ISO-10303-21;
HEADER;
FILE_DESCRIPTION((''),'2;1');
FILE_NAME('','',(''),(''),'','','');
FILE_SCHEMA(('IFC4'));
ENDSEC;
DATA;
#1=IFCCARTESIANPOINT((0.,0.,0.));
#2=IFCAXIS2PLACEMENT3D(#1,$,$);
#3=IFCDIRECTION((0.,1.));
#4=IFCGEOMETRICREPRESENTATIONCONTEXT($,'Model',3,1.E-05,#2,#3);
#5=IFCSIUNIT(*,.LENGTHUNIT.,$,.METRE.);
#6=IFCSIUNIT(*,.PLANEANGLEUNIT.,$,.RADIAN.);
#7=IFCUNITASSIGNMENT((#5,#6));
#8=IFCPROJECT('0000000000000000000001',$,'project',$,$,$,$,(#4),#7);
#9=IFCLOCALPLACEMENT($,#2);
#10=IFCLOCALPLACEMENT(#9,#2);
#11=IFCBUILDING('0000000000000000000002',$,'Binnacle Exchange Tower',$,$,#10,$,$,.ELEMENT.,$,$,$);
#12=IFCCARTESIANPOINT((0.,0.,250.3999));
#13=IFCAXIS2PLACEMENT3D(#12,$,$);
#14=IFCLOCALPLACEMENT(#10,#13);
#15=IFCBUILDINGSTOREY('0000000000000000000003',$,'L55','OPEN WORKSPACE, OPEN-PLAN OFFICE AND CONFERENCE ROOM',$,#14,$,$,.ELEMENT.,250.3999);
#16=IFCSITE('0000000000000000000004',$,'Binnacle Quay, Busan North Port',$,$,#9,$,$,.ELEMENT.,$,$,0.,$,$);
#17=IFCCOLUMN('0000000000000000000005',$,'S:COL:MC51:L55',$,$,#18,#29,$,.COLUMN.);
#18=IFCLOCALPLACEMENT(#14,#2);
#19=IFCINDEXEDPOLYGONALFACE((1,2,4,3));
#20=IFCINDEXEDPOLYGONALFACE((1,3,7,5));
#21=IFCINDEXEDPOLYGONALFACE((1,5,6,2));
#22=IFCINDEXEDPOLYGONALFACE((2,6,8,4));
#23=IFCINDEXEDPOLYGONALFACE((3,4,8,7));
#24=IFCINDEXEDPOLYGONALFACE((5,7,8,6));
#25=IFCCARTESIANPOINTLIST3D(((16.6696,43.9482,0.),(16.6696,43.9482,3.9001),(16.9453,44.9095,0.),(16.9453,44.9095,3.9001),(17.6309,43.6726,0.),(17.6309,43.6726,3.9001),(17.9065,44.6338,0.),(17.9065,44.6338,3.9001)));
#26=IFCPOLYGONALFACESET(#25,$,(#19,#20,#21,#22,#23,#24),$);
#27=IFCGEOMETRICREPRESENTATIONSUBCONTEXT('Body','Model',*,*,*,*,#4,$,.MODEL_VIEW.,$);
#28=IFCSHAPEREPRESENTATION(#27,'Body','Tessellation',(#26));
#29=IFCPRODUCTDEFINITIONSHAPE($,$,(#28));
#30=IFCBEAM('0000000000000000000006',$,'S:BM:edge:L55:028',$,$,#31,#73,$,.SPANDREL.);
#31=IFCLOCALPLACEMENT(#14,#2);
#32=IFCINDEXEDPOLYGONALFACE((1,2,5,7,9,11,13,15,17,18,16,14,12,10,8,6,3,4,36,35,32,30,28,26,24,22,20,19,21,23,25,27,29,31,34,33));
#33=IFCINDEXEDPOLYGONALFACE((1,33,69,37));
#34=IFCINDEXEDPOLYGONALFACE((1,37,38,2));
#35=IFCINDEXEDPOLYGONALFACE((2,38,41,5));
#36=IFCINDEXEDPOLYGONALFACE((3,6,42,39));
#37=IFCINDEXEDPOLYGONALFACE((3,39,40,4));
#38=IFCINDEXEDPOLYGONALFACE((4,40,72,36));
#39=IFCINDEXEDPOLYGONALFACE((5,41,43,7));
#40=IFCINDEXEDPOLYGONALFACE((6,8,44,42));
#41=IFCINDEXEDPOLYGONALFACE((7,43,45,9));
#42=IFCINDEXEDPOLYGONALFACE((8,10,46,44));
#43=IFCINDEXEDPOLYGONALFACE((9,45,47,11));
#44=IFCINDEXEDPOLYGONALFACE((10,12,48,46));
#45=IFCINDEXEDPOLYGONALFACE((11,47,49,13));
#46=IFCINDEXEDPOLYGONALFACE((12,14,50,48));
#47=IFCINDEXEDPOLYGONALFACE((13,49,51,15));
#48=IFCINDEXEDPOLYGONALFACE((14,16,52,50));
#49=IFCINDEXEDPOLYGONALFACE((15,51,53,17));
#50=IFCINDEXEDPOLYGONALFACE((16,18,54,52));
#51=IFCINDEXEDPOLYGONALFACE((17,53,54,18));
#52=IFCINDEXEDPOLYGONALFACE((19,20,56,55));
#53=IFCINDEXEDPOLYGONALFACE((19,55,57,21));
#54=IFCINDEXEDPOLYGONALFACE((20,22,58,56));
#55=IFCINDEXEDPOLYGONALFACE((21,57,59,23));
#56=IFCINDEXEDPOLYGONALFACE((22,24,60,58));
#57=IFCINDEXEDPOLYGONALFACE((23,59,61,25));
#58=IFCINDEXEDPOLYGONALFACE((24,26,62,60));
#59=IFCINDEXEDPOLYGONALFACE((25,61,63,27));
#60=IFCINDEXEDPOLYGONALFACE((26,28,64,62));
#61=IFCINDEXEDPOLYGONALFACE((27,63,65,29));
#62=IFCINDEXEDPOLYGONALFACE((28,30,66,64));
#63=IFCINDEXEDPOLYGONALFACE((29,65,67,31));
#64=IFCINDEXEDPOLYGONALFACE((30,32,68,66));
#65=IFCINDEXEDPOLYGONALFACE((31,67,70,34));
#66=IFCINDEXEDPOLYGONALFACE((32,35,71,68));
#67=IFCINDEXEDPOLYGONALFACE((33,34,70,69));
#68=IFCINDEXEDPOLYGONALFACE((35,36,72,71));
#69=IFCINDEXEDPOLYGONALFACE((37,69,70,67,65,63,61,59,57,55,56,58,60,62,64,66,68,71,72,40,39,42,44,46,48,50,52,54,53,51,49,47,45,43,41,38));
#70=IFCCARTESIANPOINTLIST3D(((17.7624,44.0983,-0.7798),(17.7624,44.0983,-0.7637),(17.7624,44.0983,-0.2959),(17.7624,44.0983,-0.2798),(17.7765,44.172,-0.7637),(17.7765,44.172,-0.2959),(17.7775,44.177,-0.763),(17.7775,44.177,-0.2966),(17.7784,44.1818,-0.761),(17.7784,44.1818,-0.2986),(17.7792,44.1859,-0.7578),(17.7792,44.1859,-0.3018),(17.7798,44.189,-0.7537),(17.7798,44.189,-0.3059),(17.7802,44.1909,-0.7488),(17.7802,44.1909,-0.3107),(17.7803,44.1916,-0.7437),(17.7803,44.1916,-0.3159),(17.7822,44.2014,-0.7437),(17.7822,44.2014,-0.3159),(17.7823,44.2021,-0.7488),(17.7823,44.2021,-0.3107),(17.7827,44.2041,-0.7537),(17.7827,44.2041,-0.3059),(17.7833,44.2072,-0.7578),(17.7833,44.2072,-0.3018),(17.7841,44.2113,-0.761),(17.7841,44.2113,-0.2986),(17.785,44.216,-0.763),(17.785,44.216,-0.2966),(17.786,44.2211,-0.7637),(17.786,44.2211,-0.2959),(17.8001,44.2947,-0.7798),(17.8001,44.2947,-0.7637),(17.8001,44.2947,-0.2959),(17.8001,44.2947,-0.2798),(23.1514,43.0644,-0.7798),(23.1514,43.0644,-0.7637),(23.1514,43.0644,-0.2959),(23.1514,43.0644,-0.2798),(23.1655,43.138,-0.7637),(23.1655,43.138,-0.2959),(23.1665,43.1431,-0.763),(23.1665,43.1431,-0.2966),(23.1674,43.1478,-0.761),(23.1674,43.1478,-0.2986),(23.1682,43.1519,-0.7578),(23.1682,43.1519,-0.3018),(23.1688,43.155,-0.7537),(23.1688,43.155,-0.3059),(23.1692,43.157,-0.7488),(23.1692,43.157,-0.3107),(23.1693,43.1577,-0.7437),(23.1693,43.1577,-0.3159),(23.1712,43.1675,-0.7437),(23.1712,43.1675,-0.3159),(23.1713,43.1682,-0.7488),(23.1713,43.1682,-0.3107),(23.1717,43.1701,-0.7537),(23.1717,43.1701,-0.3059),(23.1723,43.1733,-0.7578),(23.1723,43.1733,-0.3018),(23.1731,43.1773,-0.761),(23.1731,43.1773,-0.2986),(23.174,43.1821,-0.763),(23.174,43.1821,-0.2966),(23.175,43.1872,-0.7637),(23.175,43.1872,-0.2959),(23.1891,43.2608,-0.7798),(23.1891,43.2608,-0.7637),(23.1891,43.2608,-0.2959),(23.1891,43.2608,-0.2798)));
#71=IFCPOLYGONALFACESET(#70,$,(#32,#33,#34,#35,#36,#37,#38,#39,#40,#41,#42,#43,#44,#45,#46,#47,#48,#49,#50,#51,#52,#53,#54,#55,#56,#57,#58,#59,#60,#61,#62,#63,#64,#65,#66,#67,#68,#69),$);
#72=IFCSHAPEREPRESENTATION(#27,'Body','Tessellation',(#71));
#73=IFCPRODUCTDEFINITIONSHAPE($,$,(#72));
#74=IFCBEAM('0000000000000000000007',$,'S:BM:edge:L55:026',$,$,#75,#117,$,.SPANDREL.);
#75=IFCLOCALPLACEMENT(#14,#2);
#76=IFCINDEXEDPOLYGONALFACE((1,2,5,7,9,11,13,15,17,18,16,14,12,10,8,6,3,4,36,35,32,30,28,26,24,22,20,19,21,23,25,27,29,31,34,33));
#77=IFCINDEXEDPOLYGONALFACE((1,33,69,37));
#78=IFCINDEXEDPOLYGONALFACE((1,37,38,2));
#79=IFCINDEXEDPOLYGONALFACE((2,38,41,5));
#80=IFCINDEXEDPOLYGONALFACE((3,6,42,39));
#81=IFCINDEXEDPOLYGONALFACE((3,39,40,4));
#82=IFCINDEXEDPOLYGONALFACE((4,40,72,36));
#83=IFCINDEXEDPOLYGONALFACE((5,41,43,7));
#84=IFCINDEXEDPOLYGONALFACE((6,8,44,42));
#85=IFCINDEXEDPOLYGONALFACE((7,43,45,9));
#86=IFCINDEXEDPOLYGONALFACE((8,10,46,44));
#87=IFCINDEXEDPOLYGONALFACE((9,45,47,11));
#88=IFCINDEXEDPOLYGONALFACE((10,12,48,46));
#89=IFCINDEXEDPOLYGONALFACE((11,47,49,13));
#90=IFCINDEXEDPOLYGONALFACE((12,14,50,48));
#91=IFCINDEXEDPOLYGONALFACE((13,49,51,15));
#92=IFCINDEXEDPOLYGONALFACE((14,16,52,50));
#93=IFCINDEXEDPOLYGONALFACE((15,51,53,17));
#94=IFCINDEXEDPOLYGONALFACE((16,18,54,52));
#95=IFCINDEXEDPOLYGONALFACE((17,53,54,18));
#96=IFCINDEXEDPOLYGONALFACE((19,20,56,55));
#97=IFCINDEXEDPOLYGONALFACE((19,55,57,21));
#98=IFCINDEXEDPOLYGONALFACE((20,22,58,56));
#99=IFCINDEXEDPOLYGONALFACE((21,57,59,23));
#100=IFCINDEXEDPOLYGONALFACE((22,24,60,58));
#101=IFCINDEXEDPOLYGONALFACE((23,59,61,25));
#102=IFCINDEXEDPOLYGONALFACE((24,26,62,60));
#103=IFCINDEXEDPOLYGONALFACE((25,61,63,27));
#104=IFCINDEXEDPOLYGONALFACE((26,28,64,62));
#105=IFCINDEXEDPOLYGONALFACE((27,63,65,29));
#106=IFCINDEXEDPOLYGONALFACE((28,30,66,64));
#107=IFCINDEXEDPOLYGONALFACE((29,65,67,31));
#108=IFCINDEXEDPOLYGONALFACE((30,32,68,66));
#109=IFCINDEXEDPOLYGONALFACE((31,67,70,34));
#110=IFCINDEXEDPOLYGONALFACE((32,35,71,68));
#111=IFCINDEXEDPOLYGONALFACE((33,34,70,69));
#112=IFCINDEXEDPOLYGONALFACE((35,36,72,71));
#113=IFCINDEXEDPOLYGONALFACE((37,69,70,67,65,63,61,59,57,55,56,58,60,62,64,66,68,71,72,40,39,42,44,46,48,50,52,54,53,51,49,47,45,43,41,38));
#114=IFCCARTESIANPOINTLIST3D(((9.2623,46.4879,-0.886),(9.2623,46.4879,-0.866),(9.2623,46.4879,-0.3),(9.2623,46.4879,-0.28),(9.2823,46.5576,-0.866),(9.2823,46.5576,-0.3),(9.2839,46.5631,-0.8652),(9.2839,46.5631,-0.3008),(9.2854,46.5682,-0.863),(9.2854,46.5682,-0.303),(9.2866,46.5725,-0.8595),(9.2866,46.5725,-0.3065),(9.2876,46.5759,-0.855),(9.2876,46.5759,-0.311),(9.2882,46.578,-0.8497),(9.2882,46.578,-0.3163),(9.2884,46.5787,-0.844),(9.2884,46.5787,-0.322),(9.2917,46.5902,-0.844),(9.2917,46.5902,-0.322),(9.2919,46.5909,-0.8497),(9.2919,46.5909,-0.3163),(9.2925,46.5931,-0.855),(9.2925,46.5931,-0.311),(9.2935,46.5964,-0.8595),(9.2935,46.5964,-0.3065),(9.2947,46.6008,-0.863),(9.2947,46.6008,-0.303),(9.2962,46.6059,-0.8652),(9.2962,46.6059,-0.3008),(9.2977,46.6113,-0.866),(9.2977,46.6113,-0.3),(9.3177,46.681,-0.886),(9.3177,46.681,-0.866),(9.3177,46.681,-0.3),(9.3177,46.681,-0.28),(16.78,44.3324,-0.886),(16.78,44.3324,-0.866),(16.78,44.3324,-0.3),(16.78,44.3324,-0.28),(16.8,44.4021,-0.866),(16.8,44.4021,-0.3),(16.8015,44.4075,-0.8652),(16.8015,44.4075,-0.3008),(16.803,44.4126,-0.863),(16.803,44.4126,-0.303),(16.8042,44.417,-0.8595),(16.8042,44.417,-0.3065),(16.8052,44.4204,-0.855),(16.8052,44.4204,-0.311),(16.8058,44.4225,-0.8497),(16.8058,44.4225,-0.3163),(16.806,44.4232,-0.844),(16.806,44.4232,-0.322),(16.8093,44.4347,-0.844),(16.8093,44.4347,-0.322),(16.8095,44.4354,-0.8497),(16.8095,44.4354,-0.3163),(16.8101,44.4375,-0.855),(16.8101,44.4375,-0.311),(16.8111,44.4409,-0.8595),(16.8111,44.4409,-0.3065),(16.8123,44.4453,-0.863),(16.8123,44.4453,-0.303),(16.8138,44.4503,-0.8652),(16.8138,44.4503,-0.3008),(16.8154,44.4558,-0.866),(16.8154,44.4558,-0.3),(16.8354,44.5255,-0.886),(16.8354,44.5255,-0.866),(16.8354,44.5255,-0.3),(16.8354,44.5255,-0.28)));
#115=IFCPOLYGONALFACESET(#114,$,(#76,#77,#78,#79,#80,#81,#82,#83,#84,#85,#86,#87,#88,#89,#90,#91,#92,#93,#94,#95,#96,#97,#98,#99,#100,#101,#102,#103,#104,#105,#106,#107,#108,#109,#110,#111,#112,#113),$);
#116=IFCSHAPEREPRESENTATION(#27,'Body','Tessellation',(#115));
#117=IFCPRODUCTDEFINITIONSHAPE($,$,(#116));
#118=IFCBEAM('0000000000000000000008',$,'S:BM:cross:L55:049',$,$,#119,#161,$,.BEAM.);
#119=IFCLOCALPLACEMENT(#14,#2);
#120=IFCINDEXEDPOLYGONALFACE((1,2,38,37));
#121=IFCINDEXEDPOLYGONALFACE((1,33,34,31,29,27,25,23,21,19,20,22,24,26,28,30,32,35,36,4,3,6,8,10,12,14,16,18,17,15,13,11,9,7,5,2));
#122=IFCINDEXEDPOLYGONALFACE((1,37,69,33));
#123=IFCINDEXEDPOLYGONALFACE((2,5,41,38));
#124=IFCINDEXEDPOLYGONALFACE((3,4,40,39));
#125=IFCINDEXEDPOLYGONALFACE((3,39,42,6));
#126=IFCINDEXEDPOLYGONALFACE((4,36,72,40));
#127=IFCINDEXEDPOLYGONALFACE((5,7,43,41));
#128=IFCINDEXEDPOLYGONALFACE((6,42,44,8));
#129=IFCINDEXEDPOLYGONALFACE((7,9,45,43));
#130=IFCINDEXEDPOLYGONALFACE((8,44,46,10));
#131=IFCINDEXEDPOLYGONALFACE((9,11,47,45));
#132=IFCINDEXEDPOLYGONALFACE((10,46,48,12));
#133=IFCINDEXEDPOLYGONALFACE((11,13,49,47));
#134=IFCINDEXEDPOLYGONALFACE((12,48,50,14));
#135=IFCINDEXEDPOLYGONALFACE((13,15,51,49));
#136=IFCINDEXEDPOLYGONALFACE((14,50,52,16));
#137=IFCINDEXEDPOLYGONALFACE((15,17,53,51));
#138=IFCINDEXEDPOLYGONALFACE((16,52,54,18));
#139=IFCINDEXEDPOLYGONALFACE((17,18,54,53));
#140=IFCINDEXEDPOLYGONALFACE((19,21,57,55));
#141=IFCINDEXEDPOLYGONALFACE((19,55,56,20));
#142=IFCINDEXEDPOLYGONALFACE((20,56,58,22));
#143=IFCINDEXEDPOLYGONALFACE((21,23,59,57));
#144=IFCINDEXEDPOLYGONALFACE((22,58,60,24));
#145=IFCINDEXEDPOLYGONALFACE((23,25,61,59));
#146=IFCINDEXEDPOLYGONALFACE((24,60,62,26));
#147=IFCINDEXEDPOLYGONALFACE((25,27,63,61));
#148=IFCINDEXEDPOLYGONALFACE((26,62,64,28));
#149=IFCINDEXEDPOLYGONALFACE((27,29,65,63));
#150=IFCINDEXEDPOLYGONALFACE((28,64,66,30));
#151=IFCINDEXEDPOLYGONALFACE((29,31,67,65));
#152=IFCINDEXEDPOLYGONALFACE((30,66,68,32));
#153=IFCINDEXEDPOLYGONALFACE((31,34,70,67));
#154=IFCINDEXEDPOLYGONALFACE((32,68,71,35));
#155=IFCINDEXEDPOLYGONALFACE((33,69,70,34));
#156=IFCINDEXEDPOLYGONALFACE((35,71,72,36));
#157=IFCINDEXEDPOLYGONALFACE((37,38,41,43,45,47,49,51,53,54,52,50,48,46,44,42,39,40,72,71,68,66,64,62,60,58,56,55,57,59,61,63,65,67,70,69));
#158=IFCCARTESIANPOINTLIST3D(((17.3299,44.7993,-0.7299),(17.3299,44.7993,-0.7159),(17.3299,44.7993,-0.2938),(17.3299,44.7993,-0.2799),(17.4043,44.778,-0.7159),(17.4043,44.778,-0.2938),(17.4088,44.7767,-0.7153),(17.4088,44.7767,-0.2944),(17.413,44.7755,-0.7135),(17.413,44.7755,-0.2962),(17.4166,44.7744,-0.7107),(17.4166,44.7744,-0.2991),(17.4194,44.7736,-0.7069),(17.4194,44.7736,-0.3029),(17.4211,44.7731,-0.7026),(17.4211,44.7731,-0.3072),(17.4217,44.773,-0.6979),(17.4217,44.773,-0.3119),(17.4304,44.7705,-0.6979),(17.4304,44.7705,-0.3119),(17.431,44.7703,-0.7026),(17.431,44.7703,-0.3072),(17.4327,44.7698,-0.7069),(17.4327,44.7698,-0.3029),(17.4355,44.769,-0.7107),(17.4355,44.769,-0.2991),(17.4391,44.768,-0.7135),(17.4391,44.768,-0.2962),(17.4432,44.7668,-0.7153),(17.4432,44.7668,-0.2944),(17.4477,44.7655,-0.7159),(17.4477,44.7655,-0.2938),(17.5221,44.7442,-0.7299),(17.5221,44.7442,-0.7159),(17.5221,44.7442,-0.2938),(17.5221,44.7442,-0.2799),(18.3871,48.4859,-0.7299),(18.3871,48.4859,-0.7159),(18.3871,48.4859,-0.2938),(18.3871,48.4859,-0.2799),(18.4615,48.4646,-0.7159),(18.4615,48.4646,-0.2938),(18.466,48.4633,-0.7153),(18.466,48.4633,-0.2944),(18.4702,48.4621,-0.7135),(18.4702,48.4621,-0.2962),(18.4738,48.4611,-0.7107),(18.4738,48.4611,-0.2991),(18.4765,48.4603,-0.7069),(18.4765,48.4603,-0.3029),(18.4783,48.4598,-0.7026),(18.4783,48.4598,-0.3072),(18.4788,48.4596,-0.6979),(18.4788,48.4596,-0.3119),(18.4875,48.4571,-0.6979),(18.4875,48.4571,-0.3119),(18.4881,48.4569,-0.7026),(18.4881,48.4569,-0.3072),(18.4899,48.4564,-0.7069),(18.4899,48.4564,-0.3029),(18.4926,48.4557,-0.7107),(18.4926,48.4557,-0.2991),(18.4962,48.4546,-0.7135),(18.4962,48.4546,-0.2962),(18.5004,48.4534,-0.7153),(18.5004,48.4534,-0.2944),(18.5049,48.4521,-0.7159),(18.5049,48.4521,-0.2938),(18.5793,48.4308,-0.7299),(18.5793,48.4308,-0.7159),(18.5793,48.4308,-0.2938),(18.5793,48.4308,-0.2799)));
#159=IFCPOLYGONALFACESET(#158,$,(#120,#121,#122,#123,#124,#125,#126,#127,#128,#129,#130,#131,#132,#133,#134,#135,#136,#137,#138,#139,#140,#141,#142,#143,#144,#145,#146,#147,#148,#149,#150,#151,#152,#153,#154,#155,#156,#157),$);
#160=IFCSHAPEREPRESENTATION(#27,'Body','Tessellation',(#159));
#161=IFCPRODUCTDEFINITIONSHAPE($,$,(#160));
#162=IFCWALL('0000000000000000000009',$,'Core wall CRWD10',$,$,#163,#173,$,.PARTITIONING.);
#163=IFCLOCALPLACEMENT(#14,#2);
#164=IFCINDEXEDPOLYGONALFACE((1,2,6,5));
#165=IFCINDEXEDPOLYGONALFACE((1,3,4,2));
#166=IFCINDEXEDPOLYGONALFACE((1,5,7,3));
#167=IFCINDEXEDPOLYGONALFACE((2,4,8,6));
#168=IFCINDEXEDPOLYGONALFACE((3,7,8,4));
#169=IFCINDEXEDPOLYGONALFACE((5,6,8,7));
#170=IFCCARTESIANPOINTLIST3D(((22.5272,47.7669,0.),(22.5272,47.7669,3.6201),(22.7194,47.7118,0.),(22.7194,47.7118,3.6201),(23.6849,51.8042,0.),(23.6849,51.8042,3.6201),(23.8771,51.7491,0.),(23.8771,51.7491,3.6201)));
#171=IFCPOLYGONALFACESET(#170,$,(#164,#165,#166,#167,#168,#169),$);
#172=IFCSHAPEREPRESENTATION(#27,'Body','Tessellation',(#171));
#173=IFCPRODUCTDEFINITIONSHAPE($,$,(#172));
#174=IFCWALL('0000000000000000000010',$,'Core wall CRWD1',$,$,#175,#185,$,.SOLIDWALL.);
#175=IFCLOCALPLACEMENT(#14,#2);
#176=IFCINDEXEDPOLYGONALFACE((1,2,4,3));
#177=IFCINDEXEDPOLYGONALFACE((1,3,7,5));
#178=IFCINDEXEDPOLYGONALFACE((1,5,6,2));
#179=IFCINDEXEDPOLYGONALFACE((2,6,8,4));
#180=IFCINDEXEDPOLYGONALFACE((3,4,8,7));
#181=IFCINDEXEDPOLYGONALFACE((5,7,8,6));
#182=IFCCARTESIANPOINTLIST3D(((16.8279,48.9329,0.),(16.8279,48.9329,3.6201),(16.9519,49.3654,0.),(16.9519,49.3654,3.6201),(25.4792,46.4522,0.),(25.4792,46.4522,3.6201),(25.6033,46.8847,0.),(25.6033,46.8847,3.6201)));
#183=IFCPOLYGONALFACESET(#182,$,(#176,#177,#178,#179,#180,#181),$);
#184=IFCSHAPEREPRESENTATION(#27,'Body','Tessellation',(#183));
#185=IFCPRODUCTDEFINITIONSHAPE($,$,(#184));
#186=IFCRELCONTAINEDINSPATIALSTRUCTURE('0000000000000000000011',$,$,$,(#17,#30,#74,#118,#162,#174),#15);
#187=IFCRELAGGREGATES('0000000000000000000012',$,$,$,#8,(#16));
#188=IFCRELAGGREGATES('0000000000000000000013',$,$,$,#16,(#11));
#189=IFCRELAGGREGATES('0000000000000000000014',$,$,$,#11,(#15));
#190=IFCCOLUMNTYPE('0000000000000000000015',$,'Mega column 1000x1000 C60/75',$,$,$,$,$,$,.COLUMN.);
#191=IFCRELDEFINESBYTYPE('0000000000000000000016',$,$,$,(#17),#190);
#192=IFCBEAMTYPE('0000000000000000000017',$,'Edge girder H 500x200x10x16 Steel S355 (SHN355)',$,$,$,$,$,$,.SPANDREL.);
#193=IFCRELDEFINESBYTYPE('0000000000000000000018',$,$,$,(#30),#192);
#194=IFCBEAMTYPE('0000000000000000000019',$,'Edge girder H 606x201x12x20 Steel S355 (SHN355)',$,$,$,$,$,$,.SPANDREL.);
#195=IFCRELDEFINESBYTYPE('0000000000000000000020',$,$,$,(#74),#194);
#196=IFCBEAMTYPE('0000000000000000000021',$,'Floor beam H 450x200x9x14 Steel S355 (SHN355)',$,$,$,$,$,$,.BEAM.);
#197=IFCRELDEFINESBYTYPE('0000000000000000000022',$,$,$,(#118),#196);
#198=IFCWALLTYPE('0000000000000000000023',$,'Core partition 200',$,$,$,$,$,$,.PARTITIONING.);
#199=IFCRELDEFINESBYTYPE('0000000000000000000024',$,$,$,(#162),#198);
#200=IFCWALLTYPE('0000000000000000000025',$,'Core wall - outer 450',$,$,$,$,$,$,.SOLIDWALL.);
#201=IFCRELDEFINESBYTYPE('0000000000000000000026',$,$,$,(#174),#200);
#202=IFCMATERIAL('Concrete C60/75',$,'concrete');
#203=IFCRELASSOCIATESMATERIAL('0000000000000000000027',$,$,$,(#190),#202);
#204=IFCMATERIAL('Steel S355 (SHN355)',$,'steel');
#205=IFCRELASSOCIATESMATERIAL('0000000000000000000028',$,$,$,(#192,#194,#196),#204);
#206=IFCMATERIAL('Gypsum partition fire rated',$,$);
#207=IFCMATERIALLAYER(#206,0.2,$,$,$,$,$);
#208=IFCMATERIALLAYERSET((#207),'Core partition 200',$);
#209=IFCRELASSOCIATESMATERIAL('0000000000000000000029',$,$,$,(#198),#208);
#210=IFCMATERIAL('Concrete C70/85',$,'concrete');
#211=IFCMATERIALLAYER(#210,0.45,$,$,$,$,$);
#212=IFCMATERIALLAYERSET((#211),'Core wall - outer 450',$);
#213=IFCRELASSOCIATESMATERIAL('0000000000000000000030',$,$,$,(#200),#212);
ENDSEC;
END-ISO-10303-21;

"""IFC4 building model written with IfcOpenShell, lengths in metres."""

from ifc_helpers import new_model, si_unit, direction, frame, frame_2d, origin, origin_2d, place, context, subcontext, project, spatial, rectangle, i_section, extrude, material, layer, layer_set, material_profile, profile_set, type_object, element, save


model = new_model("IFC4")

# Units and contexts
model_context = context("Model", 3, precision=1e-05, world=origin(), true_north=direction((0.0, 1.0)))
body_context = subcontext(model_context, "Body", "Model", "MODEL_VIEW")
ifc_project = project(units=[si_unit("LENGTHUNIT", "METRE"), si_unit("PLANEANGLEUNIT", "RADIAN")], contexts=[model_context])

# Site, building, storey
site_placement = place(None, origin())
site = spatial("IfcSite", under=ifc_project, at=site_placement, Name="Binnacle Quay, Busan North Port", CompositionType="ELEMENT", RefElevation=0.0)
building_placement = place(site_placement, origin())
building = spatial("IfcBuilding", under=site, at=building_placement, Name="Binnacle Exchange Tower", CompositionType="ELEMENT")
storey_placement = place(building_placement, frame((0.0, 0.0, 250.3999)))
storey = spatial("IfcBuildingStorey", under=building, at=storey_placement, Name="L55", Description="OPEN WORKSPACE, OPEN-PLAN OFFICE AND CONFERENCE ROOM", CompositionType="ELEMENT", Elevation=250.3999)

# Column
ifc_material_1 = material(Name="Concrete C60/75", Category="concrete")
ifc_material_profile_1 = material_profile(ifc_material_1, rectangle(XDim=1.0, YDim=1.0, at=origin_2d()), Name="Mega column 1000x1000 C60/75")
ifc_profile_set_1 = profile_set([ifc_material_profile_1], Name="Concrete C60/75")
column_type = type_object("IfcColumnType", Name="Mega column 1000x1000 C60/75", PredefinedType="COLUMN", material=ifc_profile_set_1)
column_placement = place(storey_placement, frame((17.2881, 44.291, 0.0), z_axis=(0.0, 0.0, 1.0), x_axis=(0.961262, -0.275637, 0.0)))
element("IfcColumn", 1, at=column_placement, inside=storey, type_object=column_type, Name="S:COL:MC51:L55", PredefinedType="COLUMN", context=body_context, shape_type="SweptSolid", body=[
    extrude(rectangle(XDim=1.0, YDim=1.0, at=origin_2d()), origin(), (0.0, 0.0, 1.0), 3.9001),
])

# Beams
ifc_material_2 = material(Name="Steel S355 (SHN355)", Category="steel")
ifc_material_profile_2 = material_profile(ifc_material_2, i_section(OverallWidth=0.2, OverallDepth=0.5, WebThickness=0.01, FlangeThickness=0.0161, FilletRadius=0.02, at=origin_2d()), Name="H 500x200x10x16")
ifc_profile_set_2 = profile_set([ifc_material_profile_2], Name="Steel S355 (SHN355)")
beam_type_1 = type_object("IfcBeamType", Name="Edge girder H 500x200x10x16 Steel S355 (SHN355)", PredefinedType="SPANDREL", material=ifc_profile_set_2)
beam_1_placement = place(storey_placement, frame((17.7812, 44.1965, -0.5298), z_axis=(0.982087, -0.188427, 0.0), x_axis=(0.188427, 0.982087, 0.0)))
element("IfcBeam", 2, at=beam_1_placement, inside=storey, type_object=beam_type_1, Name="S:BM:edge:L55:028", PredefinedType="SPANDREL", context=body_context, shape_type="SweptSolid", body=[
    extrude(i_section(OverallWidth=0.2, OverallDepth=0.5, WebThickness=0.01, FlangeThickness=0.0161, FilletRadius=0.02, at=origin_2d()), origin(), (0.0, 0.0, 1.0), 5.4873),
])
ifc_material_profile_3 = material_profile(ifc_material_2, i_section(OverallWidth=0.2009, OverallDepth=0.606, WebThickness=0.012, FlangeThickness=0.02, FilletRadius=0.022, at=origin_2d()), Name="H 606x201x12x20")
ifc_profile_set_3 = profile_set([ifc_material_profile_3], Name="Steel S355 (SHN355)")
beam_type_2 = type_object("IfcBeamType", Name="Edge girder H 606x201x12x20 Steel S355 (SHN355)", PredefinedType="SPANDREL", material=ifc_profile_set_3)
beam_2_placement = place(storey_placement, frame((9.29, 46.5845, -0.583), z_axis=(0.961266, -0.275624, 0.0), x_axis=(0.275624, 0.961266, 0.0)))
element("IfcBeam", 3, at=beam_2_placement, inside=storey, type_object=beam_type_2, Name="S:BM:edge:L55:026", PredefinedType="SPANDREL", context=body_context, shape_type="SweptSolid", body=[
    extrude(i_section(OverallWidth=0.2009, OverallDepth=0.606, WebThickness=0.012, FlangeThickness=0.02, FilletRadius=0.022, at=origin_2d()), origin(), (0.0, 0.0, 1.0), 7.8206),
])
ifc_material_profile_4 = material_profile(ifc_material_2, i_section(OverallWidth=0.2, OverallDepth=0.45, WebThickness=0.009, FlangeThickness=0.0139, FilletRadius=0.0181, at=origin_2d()), Name="H 450x200x9x14")
ifc_profile_set_4 = profile_set([ifc_material_profile_4], Name="Steel S355 (SHN355)")
beam_type_3 = type_object("IfcBeamType", Name="Floor beam H 450x200x9x14 Steel S355 (SHN355)", PredefinedType="BEAM", material=ifc_profile_set_4)
beam_3_placement = place(storey_placement, frame((17.426, 44.7717, -0.5049), z_axis=(0.275646, 0.961259, 0.0), x_axis=(-0.961259, 0.275646, 0.0)))
element("IfcBeam", 4, at=beam_3_placement, inside=storey, type_object=beam_type_3, Name="S:BM:cross:L55:049", PredefinedType="BEAM", context=body_context, shape_type="SweptSolid", body=[
    extrude(i_section(OverallWidth=0.2, OverallDepth=0.45, WebThickness=0.009, FlangeThickness=0.0139, FilletRadius=0.0181, at=origin_2d()), origin(), (0.0, 0.0, 1.0), 3.8352),
])

# Walls
ifc_material_3 = material(Name="Gypsum partition fire rated")
ifc_layer_1 = layer(ifc_material_3, 0.2)
ifc_layer_set_1 = layer_set([ifc_layer_1], Name="Core partition 200")
wall_type_1 = type_object("IfcWallType", Name="Core partition 200", PredefinedType="PARTITIONING", material=ifc_layer_set_1)
wall_1_placement = place(storey_placement, frame((22.6233, 47.7393, 0.0), z_axis=(0.0, 0.0, 1.0), x_axis=(0.275642, 0.96126, 0.0)))
element("IfcWall", 5, at=wall_1_placement, inside=storey, type_object=wall_type_1, Name="Core wall CRWD10", PredefinedType="PARTITIONING", context=body_context, shape_type="SweptSolid", body=[
    extrude(rectangle(XDim=4.2, YDim=0.2, at=frame_2d((2.1001, 0.0))), origin(), (0.0, 0.0, 1.0), 3.6201),
])
ifc_material_4 = material(Name="Concrete C70/85", Category="concrete")
ifc_layer_2 = layer(ifc_material_4, 0.45)
ifc_layer_set_2 = layer_set([ifc_layer_2], Name="Core wall - outer 450")
wall_type_2 = type_object("IfcWallType", Name="Core wall - outer 450", PredefinedType="SOLIDWALL", material=ifc_layer_set_2)
wall_2_placement = place(storey_placement, frame((16.8899, 49.1492, 0.0), z_axis=(0.0, 0.0, 1.0), x_axis=(0.961262, -0.275635, 0.0)))
element("IfcWall", 6, at=wall_2_placement, inside=storey, type_object=wall_type_2, Name="Core wall CRWD1", PredefinedType="SOLIDWALL", context=body_context, shape_type="SweptSolid", body=[
    extrude(rectangle(XDim=9.0, YDim=0.45, at=frame_2d((4.5, 0.0))), origin(), (0.0, 0.0, 1.0), 3.6201),
])

save(model, "model.ifc")
